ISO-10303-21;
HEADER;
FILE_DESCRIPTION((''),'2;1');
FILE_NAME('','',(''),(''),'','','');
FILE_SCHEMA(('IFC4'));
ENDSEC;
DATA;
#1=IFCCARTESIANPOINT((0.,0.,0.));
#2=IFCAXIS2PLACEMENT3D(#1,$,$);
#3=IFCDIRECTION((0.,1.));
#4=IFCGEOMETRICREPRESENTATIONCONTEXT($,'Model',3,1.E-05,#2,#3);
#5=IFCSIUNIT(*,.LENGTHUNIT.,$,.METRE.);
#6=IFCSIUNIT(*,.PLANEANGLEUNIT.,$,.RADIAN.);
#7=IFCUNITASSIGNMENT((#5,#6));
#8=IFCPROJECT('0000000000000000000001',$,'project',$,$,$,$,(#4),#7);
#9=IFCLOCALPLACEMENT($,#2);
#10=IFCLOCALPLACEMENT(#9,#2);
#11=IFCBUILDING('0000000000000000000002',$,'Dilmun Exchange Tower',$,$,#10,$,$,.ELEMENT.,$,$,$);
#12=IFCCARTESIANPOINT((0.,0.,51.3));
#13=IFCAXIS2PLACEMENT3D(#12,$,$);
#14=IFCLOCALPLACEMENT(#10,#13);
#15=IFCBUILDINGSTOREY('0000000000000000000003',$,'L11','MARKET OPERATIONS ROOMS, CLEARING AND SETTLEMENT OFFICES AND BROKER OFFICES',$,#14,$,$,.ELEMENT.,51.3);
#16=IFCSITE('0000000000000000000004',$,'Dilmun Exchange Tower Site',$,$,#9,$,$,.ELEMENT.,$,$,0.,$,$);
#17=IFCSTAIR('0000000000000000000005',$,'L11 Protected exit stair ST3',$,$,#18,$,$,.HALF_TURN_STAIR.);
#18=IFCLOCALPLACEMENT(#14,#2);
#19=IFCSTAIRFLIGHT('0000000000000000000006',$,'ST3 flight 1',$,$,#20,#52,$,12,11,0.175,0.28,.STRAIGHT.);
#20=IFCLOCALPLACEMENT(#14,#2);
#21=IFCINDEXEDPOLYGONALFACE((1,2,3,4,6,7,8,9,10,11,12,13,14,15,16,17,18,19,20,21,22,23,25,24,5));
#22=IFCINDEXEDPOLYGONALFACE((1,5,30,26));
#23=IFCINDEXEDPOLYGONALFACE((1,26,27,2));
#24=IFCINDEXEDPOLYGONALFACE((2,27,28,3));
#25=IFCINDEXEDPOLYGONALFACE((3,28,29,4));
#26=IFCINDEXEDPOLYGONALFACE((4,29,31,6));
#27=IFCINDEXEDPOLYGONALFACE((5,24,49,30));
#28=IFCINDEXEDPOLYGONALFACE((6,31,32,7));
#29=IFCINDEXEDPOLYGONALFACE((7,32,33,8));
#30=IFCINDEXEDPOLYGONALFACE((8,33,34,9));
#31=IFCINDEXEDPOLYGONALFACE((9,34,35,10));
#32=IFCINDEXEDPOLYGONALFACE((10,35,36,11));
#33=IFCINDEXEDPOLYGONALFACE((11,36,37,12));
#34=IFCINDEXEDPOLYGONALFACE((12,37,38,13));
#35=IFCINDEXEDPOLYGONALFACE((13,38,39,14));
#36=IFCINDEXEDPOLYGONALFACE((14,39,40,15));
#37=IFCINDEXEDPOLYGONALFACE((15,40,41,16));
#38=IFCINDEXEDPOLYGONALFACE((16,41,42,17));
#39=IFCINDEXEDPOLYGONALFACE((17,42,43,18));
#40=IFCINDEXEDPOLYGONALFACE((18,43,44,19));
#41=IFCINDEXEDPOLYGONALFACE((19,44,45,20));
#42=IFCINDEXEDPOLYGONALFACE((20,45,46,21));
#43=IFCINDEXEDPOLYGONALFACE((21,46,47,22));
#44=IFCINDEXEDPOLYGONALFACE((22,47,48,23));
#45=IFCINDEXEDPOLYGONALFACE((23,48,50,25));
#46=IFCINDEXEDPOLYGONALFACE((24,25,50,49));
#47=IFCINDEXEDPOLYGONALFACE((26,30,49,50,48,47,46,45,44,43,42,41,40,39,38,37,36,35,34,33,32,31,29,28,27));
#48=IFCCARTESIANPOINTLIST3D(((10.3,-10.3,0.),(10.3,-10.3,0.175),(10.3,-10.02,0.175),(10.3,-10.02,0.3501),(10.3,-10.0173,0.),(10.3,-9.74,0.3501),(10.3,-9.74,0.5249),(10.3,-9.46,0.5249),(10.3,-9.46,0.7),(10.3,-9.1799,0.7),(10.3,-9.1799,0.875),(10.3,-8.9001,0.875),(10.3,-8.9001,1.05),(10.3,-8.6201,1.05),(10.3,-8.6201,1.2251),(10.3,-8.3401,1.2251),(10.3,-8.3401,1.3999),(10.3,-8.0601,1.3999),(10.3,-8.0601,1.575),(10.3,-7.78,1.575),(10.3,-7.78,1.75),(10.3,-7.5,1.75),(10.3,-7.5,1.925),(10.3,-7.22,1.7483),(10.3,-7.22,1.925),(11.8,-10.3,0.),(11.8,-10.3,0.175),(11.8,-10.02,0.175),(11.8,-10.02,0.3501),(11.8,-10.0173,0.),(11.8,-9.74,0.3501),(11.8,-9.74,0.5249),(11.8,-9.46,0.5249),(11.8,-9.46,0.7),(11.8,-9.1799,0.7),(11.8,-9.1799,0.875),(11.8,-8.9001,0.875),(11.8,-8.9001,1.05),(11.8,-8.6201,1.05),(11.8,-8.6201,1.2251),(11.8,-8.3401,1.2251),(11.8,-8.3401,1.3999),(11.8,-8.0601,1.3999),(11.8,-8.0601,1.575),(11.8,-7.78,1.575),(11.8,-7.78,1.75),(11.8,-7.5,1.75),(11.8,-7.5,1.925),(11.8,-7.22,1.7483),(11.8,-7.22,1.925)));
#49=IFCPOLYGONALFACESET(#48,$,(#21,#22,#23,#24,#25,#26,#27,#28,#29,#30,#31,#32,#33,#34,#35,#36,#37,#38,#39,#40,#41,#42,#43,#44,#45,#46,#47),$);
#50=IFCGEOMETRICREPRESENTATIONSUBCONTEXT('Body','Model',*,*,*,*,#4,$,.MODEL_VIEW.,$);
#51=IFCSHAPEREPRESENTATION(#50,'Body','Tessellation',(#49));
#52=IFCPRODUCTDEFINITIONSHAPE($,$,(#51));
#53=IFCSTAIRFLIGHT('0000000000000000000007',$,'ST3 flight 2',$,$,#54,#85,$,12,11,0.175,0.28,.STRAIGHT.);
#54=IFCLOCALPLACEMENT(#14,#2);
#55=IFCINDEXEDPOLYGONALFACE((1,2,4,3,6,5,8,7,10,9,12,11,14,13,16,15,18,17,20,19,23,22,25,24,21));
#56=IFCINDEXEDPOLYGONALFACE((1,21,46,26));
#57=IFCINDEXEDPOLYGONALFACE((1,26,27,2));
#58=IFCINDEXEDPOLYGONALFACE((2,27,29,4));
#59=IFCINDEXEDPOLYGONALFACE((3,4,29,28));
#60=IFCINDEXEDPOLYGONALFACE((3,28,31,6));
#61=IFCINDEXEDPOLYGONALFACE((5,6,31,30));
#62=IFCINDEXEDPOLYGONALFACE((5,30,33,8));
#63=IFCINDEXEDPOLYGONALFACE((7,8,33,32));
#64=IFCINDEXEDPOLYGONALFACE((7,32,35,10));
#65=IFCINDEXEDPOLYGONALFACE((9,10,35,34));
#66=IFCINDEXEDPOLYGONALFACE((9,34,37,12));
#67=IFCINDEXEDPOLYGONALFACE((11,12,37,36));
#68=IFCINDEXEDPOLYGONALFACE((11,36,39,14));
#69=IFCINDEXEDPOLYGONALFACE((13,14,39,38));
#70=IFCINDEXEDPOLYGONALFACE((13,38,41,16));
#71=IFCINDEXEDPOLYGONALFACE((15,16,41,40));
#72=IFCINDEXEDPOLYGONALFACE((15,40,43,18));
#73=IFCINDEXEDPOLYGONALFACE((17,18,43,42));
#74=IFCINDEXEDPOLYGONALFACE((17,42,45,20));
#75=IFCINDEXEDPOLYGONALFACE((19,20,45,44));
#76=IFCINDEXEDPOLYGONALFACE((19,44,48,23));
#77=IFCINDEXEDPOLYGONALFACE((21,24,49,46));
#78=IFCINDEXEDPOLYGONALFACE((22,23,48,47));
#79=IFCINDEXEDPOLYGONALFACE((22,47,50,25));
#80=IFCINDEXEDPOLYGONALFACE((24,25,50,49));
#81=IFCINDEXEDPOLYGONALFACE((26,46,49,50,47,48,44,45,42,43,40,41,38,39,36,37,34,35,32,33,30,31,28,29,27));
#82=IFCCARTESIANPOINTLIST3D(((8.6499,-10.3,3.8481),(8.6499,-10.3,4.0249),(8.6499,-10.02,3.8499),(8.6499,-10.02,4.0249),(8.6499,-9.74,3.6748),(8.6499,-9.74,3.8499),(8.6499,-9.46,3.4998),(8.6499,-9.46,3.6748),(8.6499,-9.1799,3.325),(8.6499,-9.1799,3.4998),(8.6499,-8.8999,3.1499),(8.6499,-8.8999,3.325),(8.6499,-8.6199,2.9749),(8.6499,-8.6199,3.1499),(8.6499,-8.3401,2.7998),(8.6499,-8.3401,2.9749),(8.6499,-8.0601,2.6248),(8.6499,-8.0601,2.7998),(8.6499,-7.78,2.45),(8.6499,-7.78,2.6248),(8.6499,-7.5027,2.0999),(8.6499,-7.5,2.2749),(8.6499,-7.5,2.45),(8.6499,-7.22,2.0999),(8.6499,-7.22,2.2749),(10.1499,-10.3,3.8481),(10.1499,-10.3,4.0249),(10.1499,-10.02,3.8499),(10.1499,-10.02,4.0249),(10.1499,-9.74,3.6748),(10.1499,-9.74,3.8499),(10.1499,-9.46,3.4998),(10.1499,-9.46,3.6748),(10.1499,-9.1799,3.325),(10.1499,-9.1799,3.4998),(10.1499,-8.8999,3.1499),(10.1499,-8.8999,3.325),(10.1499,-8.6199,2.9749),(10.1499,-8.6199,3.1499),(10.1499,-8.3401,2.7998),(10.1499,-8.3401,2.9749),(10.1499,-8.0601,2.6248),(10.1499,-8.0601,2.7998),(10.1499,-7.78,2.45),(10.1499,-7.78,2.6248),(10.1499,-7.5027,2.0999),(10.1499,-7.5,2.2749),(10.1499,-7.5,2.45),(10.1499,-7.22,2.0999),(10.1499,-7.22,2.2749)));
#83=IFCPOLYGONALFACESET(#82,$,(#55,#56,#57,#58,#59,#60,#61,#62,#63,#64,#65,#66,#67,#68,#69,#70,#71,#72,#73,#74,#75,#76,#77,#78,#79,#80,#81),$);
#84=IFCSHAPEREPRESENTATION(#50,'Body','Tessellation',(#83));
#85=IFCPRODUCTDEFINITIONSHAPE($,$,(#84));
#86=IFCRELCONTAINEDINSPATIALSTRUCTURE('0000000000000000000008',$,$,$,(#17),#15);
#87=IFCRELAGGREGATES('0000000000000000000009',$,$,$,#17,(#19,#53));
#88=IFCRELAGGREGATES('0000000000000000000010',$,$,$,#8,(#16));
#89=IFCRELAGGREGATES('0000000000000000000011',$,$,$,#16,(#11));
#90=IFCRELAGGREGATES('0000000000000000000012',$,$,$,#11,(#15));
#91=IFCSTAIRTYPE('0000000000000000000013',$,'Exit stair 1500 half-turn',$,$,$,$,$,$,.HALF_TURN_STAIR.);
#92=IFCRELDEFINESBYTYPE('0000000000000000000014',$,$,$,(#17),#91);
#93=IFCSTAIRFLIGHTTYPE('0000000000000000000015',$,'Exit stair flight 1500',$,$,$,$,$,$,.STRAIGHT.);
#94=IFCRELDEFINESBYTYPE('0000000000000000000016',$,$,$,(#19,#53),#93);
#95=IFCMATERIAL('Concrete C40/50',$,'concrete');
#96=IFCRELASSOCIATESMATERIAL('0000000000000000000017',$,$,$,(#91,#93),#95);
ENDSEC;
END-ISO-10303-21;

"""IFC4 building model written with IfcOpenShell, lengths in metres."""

from ifc_helpers import new_model, si_unit, direction, frame, origin, place, context, subcontext, project, spatial, polyline, outline, extrude, material, type_object, element, aggregate, save


model = new_model("IFC4")

# Units and contexts
model_context = context("Model", 3, precision=1e-05, world=origin(), true_north=direction((0.0, 1.0)))
body_context = subcontext(model_context, "Body", "Model", "MODEL_VIEW")
ifc_project = project(units=[si_unit("LENGTHUNIT", "METRE"), si_unit("PLANEANGLEUNIT", "RADIAN")], contexts=[model_context])

# Site, building, storey
site_placement = place(None, origin())
site = spatial("IfcSite", under=ifc_project, at=site_placement, Name="Dilmun Exchange Tower Site", CompositionType="ELEMENT", RefElevation=0.0)
building_placement = place(site_placement, origin())
building = spatial("IfcBuilding", under=site, at=building_placement, Name="Dilmun Exchange Tower", CompositionType="ELEMENT")
storey_placement = place(building_placement, frame((0.0, 0.0, 51.3)))
storey = spatial("IfcBuildingStorey", under=building, at=storey_placement, Name="L11", Description="MARKET OPERATIONS ROOMS, CLEARING AND SETTLEMENT OFFICES AND BROKER OFFICES", CompositionType="ELEMENT", Elevation=51.3)

# Shared definitions
ifc_material_1 = material(Name="Concrete C40/50", Category="concrete")

# Stair, stair flights
stair_type = type_object("IfcStairType", Name="Exit stair 1500 half-turn", PredefinedType="HALF_TURN_STAIR", material=ifc_material_1)
stair_placement = place(storey_placement, origin())
stair = element("IfcStair", 1, at=stair_placement, inside=storey, type_object=stair_type, Name="L11 Protected exit stair ST3", PredefinedType="HALF_TURN_STAIR")
stair_flight_type = type_object("IfcStairFlightType", Name="Exit stair flight 1500", PredefinedType="STRAIGHT", material=ifc_material_1)
stair_flight_1_placement = place(storey_placement, frame((11.05, -10.3, 0.0), z_axis=(0.0, 0.0, 1.0), x_axis=(0.0, 1.0, 0.0)))
stair_flight_1 = element("IfcStairFlight", 2, at=stair_flight_1_placement, type_object=stair_flight_type, Name="ST3 flight 1", NumberOfRisers=12, NumberOfTreads=11, PredefinedType="STRAIGHT", RiserHeight=0.175, TreadLength=0.28, context=body_context, shape_type="SweptSolid", body=[
    extrude(outline(polyline([(0.0, 0.0), (0.0, 0.175), (0.28, 0.175), (0.28, 0.3501), (0.5601, 0.3501), (0.5601, 0.5249), (0.8401, 0.5249), (0.8401, 0.7), (1.1201, 0.7), (1.1201, 0.875), (1.3999, 0.875), (1.3999, 1.05), (1.6799, 1.05), (1.6799, 1.2251), (1.96, 1.2251), (1.96, 1.3999), (2.24, 1.3999), (2.24, 1.575), (2.52, 1.575), (2.52, 1.75), (2.8, 1.75), (2.8, 1.925), (3.0801, 1.925), (3.0801, 2.1001), (3.0801, 1.7483), (0.2827, 0.0), (0.0, 0.0)])), frame((0.0, 0.75, 0.0), z_axis=(0.0, -1.0, 0.0), x_axis=(1.0, 0.0, 0.0)), (0.0, 0.0, 1.0), 1.5),
])
stair_flight_2_placement = place(storey_placement, frame((9.3999, -7.22, 2.0999), z_axis=(0.0, 0.0, 1.0), x_axis=(0.0, -1.0, 0.0)))
stair_flight_2 = element("IfcStairFlight", 3, at=stair_flight_2_placement, type_object=stair_flight_type, Name="ST3 flight 2", NumberOfRisers=12, NumberOfTreads=11, PredefinedType="STRAIGHT", RiserHeight=0.175, TreadLength=0.28, context=body_context, shape_type="SweptSolid", body=[
    extrude(outline(polyline([(0.0, 0.0), (0.0, 0.175), (0.28, 0.175), (0.28, 0.3501), (0.5601, 0.3501), (0.5601, 0.5249), (0.8401, 0.5249), (0.8401, 0.7), (1.1201, 0.7), (1.1201, 0.875), (1.3999, 0.875), (1.3999, 1.05), (1.6799, 1.05), (1.6799, 1.2251), (1.96, 1.2251), (1.96, 1.3999), (2.24, 1.3999), (2.24, 1.575), (2.52, 1.575), (2.52, 1.75), (2.8, 1.75), (2.8, 1.925), (3.0801, 1.925), (3.0801, 2.1001), (3.0801, 1.7483), (0.2827, 0.0), (0.0, 0.0)])), frame((0.0, 0.75, 0.0), z_axis=(0.0, -1.0, 0.0), x_axis=(1.0, 0.0, 0.0)), (0.0, 0.0, 1.0), 1.5),
])
aggregate(stair, [stair_flight_1, stair_flight_2])

save(model, "model.ifc")
